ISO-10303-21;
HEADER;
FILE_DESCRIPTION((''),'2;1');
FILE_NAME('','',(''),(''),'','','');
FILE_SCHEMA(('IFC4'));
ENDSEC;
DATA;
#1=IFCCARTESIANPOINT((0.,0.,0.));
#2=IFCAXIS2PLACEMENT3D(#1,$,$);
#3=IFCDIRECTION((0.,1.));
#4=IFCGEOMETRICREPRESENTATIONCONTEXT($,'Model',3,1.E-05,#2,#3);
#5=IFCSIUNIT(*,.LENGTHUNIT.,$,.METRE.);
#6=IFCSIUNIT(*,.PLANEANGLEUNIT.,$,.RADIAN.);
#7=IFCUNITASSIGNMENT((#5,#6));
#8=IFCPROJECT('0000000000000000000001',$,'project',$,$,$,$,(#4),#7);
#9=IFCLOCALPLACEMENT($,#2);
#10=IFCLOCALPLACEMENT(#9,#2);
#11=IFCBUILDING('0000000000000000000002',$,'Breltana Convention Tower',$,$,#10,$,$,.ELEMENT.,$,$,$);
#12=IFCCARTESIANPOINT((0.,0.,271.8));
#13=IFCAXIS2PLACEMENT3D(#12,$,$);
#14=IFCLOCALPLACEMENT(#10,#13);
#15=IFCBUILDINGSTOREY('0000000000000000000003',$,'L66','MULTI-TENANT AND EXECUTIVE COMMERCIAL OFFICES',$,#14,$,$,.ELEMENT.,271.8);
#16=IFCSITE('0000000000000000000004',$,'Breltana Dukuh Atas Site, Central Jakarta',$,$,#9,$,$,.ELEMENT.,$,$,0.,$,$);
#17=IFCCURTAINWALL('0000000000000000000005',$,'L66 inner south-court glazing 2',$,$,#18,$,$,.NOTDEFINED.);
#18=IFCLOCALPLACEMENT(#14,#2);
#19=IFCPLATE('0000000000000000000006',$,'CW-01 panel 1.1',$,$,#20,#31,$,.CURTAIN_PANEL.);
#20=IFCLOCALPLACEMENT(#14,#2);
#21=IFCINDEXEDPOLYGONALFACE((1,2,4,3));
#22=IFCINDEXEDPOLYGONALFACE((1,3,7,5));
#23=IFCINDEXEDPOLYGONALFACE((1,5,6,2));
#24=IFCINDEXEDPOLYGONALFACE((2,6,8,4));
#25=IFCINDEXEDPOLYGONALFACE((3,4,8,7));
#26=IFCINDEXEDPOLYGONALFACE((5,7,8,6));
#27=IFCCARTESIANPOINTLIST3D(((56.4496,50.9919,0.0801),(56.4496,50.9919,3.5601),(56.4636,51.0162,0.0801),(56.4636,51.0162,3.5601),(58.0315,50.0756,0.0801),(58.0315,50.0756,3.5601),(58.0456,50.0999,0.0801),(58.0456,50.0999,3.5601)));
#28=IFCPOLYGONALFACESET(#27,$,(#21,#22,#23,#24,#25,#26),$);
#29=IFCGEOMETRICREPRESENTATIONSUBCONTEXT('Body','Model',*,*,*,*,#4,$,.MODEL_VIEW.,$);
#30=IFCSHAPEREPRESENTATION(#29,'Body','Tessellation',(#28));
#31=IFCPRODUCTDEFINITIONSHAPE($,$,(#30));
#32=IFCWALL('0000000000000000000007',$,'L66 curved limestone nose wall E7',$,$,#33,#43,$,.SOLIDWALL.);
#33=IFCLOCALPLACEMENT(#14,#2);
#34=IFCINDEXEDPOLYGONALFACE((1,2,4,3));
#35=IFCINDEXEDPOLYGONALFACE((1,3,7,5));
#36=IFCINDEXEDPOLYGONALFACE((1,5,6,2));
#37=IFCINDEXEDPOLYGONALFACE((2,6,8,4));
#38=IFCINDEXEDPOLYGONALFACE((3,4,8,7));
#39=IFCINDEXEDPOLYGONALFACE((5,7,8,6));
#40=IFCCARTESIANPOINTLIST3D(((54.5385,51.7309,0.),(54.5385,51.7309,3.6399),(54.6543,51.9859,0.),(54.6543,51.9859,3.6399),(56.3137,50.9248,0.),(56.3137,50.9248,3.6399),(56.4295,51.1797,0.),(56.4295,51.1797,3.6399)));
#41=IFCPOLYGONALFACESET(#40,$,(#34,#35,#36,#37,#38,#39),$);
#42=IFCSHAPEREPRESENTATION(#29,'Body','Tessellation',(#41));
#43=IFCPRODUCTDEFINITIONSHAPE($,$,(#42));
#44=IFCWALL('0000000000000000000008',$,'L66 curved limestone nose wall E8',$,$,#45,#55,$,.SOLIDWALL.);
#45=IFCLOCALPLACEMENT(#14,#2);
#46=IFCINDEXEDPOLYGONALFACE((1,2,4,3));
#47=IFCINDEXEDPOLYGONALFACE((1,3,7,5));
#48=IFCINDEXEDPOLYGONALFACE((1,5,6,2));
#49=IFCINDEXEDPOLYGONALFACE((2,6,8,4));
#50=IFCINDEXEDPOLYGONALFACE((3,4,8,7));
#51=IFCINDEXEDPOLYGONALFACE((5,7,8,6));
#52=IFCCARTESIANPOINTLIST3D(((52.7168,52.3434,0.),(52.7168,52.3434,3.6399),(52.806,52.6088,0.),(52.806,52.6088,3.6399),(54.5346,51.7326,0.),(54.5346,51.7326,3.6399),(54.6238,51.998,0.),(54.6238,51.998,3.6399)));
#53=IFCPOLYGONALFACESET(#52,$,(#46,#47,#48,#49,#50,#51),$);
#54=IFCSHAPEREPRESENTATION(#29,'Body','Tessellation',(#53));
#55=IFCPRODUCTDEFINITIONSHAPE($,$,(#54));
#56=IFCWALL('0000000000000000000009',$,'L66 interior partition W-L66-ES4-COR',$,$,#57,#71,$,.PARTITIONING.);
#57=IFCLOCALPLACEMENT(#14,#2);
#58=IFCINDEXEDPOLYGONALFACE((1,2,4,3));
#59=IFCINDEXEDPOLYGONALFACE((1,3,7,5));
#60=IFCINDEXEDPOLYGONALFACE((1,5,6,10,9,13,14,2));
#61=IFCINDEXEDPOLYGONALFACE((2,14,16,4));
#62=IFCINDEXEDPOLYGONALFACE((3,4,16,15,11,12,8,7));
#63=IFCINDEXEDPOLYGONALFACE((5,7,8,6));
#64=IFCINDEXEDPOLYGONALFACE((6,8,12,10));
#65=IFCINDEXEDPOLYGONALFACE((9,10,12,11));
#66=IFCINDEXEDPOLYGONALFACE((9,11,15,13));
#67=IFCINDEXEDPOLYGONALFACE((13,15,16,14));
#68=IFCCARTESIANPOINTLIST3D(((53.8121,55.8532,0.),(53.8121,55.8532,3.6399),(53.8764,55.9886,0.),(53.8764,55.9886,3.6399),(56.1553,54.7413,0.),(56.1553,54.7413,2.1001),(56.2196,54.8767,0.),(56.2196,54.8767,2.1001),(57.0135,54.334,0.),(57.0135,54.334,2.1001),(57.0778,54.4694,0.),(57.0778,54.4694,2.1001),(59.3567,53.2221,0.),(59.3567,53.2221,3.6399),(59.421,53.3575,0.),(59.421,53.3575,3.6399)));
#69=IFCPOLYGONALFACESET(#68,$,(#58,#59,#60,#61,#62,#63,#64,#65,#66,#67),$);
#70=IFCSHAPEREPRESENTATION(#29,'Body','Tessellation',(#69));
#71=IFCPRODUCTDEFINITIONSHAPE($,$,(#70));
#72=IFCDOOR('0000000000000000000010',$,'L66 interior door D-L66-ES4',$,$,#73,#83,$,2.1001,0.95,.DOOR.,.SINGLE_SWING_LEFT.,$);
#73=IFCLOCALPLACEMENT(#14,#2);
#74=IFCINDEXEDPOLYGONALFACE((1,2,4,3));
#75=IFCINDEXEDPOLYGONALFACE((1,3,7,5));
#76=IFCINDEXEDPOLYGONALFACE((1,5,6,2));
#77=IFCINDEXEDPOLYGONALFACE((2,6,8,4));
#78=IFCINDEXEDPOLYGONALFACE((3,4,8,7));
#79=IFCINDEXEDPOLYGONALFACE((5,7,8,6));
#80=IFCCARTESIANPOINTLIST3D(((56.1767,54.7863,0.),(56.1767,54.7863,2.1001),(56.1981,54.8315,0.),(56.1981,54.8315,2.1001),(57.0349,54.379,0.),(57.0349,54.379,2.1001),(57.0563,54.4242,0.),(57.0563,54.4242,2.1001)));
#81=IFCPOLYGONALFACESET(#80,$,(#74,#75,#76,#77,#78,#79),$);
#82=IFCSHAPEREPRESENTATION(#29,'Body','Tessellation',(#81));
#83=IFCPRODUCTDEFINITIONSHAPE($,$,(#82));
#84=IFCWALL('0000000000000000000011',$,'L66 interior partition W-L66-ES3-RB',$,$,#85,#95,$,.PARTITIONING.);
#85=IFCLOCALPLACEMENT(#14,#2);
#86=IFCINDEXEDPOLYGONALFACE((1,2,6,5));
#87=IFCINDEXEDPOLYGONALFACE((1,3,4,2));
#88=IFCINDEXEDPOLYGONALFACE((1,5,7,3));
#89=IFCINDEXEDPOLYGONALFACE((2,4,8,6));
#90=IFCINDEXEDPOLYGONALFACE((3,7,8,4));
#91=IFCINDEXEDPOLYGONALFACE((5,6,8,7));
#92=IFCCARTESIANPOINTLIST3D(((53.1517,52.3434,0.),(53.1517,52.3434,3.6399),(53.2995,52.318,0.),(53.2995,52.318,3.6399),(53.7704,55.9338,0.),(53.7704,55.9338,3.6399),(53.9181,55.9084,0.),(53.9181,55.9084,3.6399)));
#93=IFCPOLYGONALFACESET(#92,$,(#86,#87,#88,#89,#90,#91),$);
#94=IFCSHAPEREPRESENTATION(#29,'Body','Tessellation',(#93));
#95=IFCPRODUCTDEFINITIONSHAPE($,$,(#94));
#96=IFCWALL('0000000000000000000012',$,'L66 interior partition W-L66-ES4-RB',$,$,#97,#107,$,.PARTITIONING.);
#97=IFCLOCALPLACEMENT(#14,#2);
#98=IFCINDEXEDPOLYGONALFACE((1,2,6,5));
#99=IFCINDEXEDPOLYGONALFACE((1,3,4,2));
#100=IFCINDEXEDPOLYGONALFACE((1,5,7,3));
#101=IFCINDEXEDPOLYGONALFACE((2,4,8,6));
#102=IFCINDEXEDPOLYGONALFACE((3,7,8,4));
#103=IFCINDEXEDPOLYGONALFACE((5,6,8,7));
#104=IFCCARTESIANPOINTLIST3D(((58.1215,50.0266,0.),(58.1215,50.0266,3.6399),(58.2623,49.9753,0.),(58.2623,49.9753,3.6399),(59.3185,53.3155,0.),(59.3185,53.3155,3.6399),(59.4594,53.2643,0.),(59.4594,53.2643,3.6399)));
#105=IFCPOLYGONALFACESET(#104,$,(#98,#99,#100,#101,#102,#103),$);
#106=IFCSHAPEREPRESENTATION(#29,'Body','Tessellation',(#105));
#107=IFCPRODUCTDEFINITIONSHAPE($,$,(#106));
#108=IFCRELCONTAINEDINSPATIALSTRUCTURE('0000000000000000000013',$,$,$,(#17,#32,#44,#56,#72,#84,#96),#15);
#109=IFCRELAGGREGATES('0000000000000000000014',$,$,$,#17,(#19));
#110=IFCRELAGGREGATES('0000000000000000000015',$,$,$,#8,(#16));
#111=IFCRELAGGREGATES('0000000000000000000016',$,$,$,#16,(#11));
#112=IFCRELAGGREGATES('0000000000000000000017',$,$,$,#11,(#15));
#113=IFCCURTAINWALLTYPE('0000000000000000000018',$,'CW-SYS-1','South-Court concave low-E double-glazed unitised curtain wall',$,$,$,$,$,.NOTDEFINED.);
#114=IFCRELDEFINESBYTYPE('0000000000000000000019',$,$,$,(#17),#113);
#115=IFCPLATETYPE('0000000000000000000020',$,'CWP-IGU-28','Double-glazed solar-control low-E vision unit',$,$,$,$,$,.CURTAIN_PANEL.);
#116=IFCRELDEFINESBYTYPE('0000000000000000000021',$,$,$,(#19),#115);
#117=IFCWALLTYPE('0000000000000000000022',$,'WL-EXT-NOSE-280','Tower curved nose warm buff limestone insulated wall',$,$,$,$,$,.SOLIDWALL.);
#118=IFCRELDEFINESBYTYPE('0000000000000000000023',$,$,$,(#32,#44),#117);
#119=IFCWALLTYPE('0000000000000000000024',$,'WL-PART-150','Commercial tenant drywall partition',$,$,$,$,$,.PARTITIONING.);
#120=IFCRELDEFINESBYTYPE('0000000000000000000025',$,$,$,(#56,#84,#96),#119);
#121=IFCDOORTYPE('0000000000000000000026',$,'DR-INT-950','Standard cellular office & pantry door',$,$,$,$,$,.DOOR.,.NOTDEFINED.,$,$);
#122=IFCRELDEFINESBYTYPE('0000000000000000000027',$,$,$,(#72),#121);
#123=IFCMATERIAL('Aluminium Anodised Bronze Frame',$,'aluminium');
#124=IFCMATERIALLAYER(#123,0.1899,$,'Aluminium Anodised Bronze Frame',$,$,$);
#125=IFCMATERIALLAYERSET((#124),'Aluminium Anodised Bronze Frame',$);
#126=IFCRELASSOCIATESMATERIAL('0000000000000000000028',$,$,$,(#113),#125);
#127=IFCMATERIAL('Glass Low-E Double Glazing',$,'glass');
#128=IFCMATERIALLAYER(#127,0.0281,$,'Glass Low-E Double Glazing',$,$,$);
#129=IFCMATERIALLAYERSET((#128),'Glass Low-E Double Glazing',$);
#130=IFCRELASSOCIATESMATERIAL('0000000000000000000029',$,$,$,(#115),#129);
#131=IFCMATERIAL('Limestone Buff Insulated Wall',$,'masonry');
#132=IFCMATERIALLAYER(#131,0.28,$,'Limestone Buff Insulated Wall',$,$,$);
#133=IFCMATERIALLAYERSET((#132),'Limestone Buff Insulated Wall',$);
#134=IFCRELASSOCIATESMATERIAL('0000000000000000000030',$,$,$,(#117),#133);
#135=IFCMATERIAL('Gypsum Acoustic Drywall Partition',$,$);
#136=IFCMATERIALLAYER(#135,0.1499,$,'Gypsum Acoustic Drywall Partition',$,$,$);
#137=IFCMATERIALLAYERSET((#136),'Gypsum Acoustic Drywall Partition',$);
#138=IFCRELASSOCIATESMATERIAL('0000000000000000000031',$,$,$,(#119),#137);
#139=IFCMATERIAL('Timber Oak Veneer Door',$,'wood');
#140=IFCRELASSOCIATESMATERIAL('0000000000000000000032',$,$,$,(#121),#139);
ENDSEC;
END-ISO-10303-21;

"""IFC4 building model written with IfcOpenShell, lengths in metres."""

from ifc_helpers import new_model, si_unit, direction, frame, frame_2d, origin, origin_2d, place, context, subcontext, project, spatial, rectangle, extrude, source, transform, mapped, material, layer, layer_set, type_object, type_shapes, element, fill, aggregate, save


model = new_model("IFC4")

# Units and contexts
model_context = context("Model", 3, precision=1e-05, world=origin(), true_north=direction((0.0, 1.0)))
body_context = subcontext(model_context, "Body", "Model", "MODEL_VIEW")
ifc_project = project(units=[si_unit("LENGTHUNIT", "METRE"), si_unit("PLANEANGLEUNIT", "RADIAN")], contexts=[model_context])

# Site, building, storey
site_placement = place(None, origin())
site = spatial("IfcSite", under=ifc_project, at=site_placement, Name="Breltana Dukuh Atas Site, Central Jakarta", CompositionType="ELEMENT", RefElevation=0.0)
building_placement = place(site_placement, origin())
building = spatial("IfcBuilding", under=site, at=building_placement, Name="Breltana Convention Tower", CompositionType="ELEMENT")
storey_placement = place(building_placement, frame((0.0, 0.0, 271.8)))
storey = spatial("IfcBuildingStorey", under=building, at=storey_placement, Name="L66", Description="MULTI-TENANT AND EXECUTIVE COMMERCIAL OFFICES", CompositionType="ELEMENT", Elevation=271.8)

# Shared definitions
ifc_material_1 = material(Name="Aluminium Anodised Bronze Frame", Category="aluminium")
ifc_layer_1 = layer(ifc_material_1, 0.1899, Name="Aluminium Anodised Bronze Frame")
ifc_layer_set_1 = layer_set([ifc_layer_1], Name="Aluminium Anodised Bronze Frame")
curtain_wall_type = type_object("IfcCurtainWallType", Name="CW-SYS-1", Description="South-Court concave low-E double-glazed unitised curtain wall", PredefinedType="NOTDEFINED", material=ifc_layer_set_1)

# Curtain wall
curtain_wall_1_placement = place(storey_placement, origin())
curtain_wall_1 = element("IfcCurtainWall", 1, at=curtain_wall_1_placement, inside=storey, type_object=curtain_wall_type, Name="L66 inner south-court glazing 2", PredefinedType="NOTDEFINED")

# Plate
ifc_material_2 = material(Name="Glass Low-E Double Glazing", Category="glass")
ifc_layer_2 = layer(ifc_material_2, 0.0281, Name="Glass Low-E Double Glazing")
ifc_layer_set_2 = layer_set([ifc_layer_2], Name="Glass Low-E Double Glazing")
plate_type = type_object("IfcPlateType", Name="CWP-IGU-28", Description="Double-glazed solar-control low-E vision unit", PredefinedType="CURTAIN_PANEL", material=ifc_layer_set_2)
shared_shape_1 = source(origin(), body_context, "Body", "SweptSolid", [
    extrude(rectangle(XDim=1.8281, YDim=0.0281, at=origin_2d()), origin(), (0.0, 0.0, 1.0), 3.48),
])
plate_1_placement = place(storey_placement, frame((57.2476, 50.5459, 0.0801), z_axis=(0.0, 0.0, 1.0), x_axis=(-0.865322, 0.501217, 0.0)))
plate_1 = element("IfcPlate", 2, at=plate_1_placement, type_object=plate_type, Name="CW-01 panel 1.1", PredefinedType="CURTAIN_PANEL", context=body_context, shape_type="MappedRepresentation", body=[
    mapped(shared_shape_1, transform((0.0, 0.0, 0.0), scale=1.0)),
])
aggregate(curtain_wall_1, [plate_1])

# Walls
ifc_material_3 = material(Name="Limestone Buff Insulated Wall", Category="masonry")
ifc_layer_3 = layer(ifc_material_3, 0.28, Name="Limestone Buff Insulated Wall")
ifc_layer_set_3 = layer_set([ifc_layer_3], Name="Limestone Buff Insulated Wall")
wall_type_1 = type_object("IfcWallType", Name="WL-EXT-NOSE-280", Description="Tower curved nose warm buff limestone insulated wall", PredefinedType="SOLIDWALL", material=ifc_layer_set_3)
shared_shape_2 = source(origin(), body_context, "Body", "SweptSolid", [
    extrude(rectangle(XDim=1.9497, YDim=0.28, at=frame_2d((0.9749, 0.0))), origin(), (0.0, 0.0, 1.0), 3.6399),
])
wall_1_placement = place(storey_placement, frame((56.3716, 51.0522, 0.0), z_axis=(0.0, 0.0, 1.0), x_axis=(-0.910508, 0.413492, 0.0)))
element("IfcWall", 3, at=wall_1_placement, inside=storey, type_object=wall_type_1, Name="L66 curved limestone nose wall E7", PredefinedType="SOLIDWALL", context=body_context, shape_type="MappedRepresentation", body=[
    mapped(shared_shape_2, transform((0.0, 0.0, 0.0), scale=1.0)),
])
shared_shape_3 = source(origin(), body_context, "Body", "SweptSolid", [
    extrude(rectangle(XDim=1.9177, YDim=0.28, at=frame_2d((0.959, 0.0))), origin(), (0.0, 0.0, 1.0), 3.6399),
])
wall_2_placement = place(storey_placement, frame((54.5793, 51.8652, 0.0), z_axis=(0.0, 0.0, 1.0), x_axis=(-0.947917, 0.318518, 0.0)))
element("IfcWall", 4, at=wall_2_placement, inside=storey, type_object=wall_type_1, Name="L66 curved limestone nose wall E8", PredefinedType="SOLIDWALL", context=body_context, shape_type="MappedRepresentation", body=[
    mapped(shared_shape_3, transform((0.0, 0.0, 0.0), scale=1.0)),
])

# Wall, opening, door
ifc_material_4 = material(Name="Gypsum Acoustic Drywall Partition")
ifc_layer_4 = layer(ifc_material_4, 0.1499, Name="Gypsum Acoustic Drywall Partition")
ifc_layer_set_4 = layer_set([ifc_layer_4], Name="Gypsum Acoustic Drywall Partition")
wall_type_2 = type_object("IfcWallType", Name="WL-PART-150", Description="Commercial tenant drywall partition", PredefinedType="PARTITIONING", material=ifc_layer_set_4)
shared_shape_4 = source(origin(), body_context, "Body", "SweptSolid", [
    extrude(rectangle(XDim=6.1372, YDim=0.1499, at=frame_2d((3.0686, 0.0))), origin(), (0.0, 0.0, 1.0), 3.6399),
])
wall_3_placement = place(storey_placement, frame((53.8442, 55.9209, 0.0), z_axis=(0.0, 0.0, 1.0), x_axis=(0.903443, -0.428709, 0.0)))
wall_3 = element("IfcWall", 5, at=wall_3_placement, inside=storey, type_object=wall_type_2, Name="L66 interior partition W-L66-ES4-COR", PredefinedType="PARTITIONING", context=body_context, shape_type="MappedRepresentation", body=[
    mapped(shared_shape_4, transform((0.0, 0.0, 0.0), scale=1.0)),
])
opening_placement = place(wall_3_placement, frame((2.5935, 0.0, 0.0)))
opening = element("IfcOpeningElement", 6, at=opening_placement, cuts=wall_3, PredefinedType="OPENING", context=body_context, shape_type="SweptSolid", body=[
    extrude(rectangle(XDim=0.95, YDim=2.1001, at=frame_2d((0.4751, 1.05))), frame((0.0, 0.085, 0.0), z_axis=(0.0, -1.0, 0.0), x_axis=(1.0, 0.0, 0.0)), (0.0, 0.0, 1.0), 0.1699),
])
ifc_material_5 = material(Name="Timber Oak Veneer Door", Category="wood")
door_type = type_object("IfcDoorType", Name="DR-INT-950", Description="Standard cellular office & pantry door", OperationType="NOTDEFINED", PredefinedType="DOOR", material=ifc_material_5)
shared_shape_5 = source(origin(), body_context, "Body", "SweptSolid", [
    extrude(rectangle(XDim=0.95, YDim=2.1001, at=frame_2d((0.4751, 1.05))), frame((0.0, 0.0249, 0.0), z_axis=(0.0, -1.0, 0.0), x_axis=(1.0, 0.0, 0.0)), (0.0, 0.0, 1.0), 0.05),
])
type_shapes(door_type, [shared_shape_5])
door_placement = place(opening_placement, origin())
door = element("IfcDoor", 7, at=door_placement, inside=storey, type_object=door_type, Name="L66 interior door D-L66-ES4", OperationType="SINGLE_SWING_LEFT", OverallHeight=2.1001, OverallWidth=0.95, PredefinedType="DOOR", context=body_context, shape_type="MappedRepresentation", body=[
    mapped(shared_shape_5, transform((0.0, 0.0, 0.0), scale=1.0)),
])
fill(opening, door)

# Walls
shared_shape_6 = source(origin(), body_context, "Body", "SweptSolid", [
    extrude(rectangle(XDim=3.6433, YDim=0.1499, at=frame_2d((1.8218, 0.0))), origin(), (0.0, 0.0, 1.0), 3.6399),
])
wall_4_placement = place(storey_placement, frame((53.2256, 52.3306, 0.0), z_axis=(0.0, 0.0, 1.0), x_axis=(0.169808, 0.985477, 0.0)))
element("IfcWall", 8, at=wall_4_placement, inside=storey, type_object=wall_type_2, Name="L66 interior partition W-L66-ES3-RB", PredefinedType="PARTITIONING", context=body_context, shape_type="MappedRepresentation", body=[
    mapped(shared_shape_6, transform((0.0, 0.0, 0.0), scale=1.0)),
])
shared_shape_7 = source(origin(), body_context, "Body", "SweptSolid", [
    extrude(rectangle(XDim=3.5, YDim=0.1499, at=frame_2d((1.75, 0.0))), origin(), (0.0, 0.0, 1.0), 3.6399),
])
wall_5_placement = place(storey_placement, frame((58.1919, 50.001, 0.0), z_axis=(0.0, 0.0, 1.0), x_axis=(0.342017, 0.939694, 0.0)))
element("IfcWall", 9, at=wall_5_placement, inside=storey, type_object=wall_type_2, Name="L66 interior partition W-L66-ES4-RB", PredefinedType="PARTITIONING", context=body_context, shape_type="MappedRepresentation", body=[
    mapped(shared_shape_7, transform((0.0, 0.0, 0.0), scale=1.0)),
])

save(model, "model.ifc")
